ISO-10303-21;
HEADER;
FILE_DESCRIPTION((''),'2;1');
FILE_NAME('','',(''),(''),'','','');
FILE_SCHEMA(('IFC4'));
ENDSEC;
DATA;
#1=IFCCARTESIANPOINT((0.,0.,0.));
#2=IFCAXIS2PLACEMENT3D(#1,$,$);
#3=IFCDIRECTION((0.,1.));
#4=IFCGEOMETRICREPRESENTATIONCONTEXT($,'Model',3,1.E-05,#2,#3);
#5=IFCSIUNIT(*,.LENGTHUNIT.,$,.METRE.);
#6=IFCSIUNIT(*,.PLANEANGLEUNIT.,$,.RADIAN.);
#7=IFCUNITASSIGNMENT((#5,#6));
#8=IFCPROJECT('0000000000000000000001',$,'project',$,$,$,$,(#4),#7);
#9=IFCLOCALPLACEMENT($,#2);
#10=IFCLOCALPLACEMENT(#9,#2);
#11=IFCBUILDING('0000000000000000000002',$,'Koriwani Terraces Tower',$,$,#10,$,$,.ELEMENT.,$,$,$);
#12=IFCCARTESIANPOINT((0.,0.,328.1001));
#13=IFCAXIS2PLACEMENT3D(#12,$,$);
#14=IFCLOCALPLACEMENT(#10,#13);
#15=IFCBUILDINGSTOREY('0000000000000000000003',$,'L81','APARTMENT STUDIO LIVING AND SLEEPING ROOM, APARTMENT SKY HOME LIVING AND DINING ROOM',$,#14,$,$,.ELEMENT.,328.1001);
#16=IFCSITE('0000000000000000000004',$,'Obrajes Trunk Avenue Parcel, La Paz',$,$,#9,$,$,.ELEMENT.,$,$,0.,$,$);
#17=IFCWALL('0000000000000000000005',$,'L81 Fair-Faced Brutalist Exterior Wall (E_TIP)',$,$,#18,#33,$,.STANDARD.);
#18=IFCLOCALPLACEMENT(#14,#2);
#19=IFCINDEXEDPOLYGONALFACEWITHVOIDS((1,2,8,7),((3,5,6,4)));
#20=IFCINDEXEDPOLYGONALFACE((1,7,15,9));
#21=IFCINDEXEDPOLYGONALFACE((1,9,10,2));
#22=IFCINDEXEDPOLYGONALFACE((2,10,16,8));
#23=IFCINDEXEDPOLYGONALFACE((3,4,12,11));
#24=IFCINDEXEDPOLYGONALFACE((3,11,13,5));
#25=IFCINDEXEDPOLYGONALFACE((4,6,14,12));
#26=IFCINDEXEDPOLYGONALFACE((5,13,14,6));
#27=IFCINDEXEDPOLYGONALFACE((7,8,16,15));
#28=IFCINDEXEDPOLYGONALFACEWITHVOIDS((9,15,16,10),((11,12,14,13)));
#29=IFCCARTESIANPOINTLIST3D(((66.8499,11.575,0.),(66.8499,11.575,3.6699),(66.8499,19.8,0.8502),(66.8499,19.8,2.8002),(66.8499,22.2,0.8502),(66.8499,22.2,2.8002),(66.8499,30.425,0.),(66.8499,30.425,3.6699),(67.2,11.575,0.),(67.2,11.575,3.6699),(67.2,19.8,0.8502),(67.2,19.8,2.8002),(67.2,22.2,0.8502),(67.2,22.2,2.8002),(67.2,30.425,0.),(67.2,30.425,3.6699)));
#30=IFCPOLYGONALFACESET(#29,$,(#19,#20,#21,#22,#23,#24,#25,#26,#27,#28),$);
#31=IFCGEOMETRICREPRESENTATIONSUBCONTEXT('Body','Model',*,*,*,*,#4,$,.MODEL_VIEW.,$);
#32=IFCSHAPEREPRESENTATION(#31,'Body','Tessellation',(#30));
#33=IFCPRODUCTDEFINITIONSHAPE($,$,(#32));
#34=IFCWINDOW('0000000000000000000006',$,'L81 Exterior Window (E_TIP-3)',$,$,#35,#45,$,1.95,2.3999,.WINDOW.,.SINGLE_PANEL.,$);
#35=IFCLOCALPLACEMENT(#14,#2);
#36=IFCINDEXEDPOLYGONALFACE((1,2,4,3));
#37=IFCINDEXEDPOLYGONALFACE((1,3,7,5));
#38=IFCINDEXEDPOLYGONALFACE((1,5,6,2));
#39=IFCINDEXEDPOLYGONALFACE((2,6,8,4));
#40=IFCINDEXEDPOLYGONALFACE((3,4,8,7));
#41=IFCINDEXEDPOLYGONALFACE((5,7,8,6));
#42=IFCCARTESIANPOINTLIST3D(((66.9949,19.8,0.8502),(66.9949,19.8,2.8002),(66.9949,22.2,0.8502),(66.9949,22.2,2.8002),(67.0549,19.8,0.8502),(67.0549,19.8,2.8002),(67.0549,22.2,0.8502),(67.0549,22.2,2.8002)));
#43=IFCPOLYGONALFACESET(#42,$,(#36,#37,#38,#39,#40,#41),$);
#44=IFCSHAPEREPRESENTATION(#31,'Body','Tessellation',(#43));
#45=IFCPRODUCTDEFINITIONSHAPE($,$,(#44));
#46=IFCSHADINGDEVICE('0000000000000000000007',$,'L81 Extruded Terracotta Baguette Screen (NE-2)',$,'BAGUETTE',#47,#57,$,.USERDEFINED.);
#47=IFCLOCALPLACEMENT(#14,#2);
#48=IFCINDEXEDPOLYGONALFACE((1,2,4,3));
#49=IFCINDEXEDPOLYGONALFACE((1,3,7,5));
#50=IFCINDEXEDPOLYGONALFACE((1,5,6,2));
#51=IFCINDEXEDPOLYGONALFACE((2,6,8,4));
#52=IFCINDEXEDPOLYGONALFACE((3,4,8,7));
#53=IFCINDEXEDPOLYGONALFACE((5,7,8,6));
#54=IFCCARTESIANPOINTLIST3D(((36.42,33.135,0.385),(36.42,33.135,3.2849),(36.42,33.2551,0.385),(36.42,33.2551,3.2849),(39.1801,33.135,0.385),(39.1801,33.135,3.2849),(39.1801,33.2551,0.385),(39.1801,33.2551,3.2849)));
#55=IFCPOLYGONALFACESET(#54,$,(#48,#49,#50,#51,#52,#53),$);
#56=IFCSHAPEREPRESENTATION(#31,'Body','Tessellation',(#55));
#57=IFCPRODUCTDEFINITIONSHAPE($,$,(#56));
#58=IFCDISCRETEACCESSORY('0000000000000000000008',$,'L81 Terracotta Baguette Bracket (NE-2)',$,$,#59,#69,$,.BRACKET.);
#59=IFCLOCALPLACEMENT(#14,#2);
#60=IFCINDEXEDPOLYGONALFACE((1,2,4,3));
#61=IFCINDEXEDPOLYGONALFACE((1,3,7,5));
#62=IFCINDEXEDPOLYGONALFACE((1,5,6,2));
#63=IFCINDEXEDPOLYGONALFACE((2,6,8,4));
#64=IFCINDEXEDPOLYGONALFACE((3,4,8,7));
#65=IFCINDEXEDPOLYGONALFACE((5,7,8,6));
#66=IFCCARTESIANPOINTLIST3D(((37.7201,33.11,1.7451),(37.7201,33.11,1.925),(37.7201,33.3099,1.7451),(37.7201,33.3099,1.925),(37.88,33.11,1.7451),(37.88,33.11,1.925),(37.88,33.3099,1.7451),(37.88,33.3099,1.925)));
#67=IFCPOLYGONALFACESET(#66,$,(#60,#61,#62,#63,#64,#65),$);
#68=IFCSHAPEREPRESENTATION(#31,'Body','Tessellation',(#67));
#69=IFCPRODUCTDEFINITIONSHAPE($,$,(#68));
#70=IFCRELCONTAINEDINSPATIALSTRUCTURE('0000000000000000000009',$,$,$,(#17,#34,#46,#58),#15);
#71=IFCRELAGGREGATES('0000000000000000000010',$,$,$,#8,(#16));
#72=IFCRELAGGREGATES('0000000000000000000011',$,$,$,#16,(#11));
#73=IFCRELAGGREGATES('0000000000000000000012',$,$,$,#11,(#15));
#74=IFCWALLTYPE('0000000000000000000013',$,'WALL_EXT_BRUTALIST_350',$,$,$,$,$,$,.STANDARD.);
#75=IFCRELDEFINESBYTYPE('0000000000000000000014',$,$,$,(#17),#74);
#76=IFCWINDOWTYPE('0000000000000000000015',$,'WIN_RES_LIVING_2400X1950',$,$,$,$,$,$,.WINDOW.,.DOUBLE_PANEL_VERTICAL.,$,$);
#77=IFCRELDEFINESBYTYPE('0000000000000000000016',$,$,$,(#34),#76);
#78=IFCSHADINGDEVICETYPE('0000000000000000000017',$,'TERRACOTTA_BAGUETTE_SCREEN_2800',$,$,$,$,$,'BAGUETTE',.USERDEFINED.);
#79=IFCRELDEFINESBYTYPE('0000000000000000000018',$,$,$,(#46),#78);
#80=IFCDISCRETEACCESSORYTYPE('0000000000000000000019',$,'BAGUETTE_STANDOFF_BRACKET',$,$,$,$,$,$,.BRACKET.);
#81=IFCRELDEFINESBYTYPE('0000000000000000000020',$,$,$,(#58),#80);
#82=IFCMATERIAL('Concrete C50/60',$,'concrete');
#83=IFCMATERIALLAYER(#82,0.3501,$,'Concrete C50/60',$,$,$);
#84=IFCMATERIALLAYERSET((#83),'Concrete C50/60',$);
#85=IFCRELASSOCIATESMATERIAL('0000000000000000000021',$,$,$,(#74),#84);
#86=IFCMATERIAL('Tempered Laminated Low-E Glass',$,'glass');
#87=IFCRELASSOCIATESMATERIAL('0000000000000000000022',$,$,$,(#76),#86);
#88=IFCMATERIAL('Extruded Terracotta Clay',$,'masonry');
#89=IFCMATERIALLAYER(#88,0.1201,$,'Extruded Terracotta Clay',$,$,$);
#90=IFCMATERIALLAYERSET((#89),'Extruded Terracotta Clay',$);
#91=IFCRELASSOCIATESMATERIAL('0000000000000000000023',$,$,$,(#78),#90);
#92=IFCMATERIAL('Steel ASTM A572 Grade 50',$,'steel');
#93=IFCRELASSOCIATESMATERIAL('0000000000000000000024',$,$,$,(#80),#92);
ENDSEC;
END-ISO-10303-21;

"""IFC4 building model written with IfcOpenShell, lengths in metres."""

from ifc_helpers import new_model, si_unit, direction, frame, frame_2d, origin, origin_2d, place, context, subcontext, project, spatial, rectangle, extrude, material, layer, layer_set, type_object, element, fill, save


model = new_model("IFC4")

# Units and contexts
model_context = context("Model", 3, precision=1e-05, world=origin(), true_north=direction((0.0, 1.0)))
body_context = subcontext(model_context, "Body", "Model", "MODEL_VIEW")
ifc_project = project(units=[si_unit("LENGTHUNIT", "METRE"), si_unit("PLANEANGLEUNIT", "RADIAN")], contexts=[model_context])

# Site, building, storey
site_placement = place(None, origin())
site = spatial("IfcSite", under=ifc_project, at=site_placement, Name="Obrajes Trunk Avenue Parcel, La Paz", CompositionType="ELEMENT", RefElevation=0.0)
building_placement = place(site_placement, origin())
building = spatial("IfcBuilding", under=site, at=building_placement, Name="Koriwani Terraces Tower", CompositionType="ELEMENT")
storey_placement = place(building_placement, frame((0.0, 0.0, 328.1001)))
storey = spatial("IfcBuildingStorey", under=building, at=storey_placement, Name="L81", Description="APARTMENT STUDIO LIVING AND SLEEPING ROOM, APARTMENT SKY HOME LIVING AND DINING ROOM", CompositionType="ELEMENT", Elevation=328.1001)

# Shared definitions
ifc_material_1 = material(Name="Concrete C50/60", Category="concrete")

# Shared definitions
ifc_layer_1 = layer(ifc_material_1, 0.3501, Name="Concrete C50/60")
ifc_layer_set_1 = layer_set([ifc_layer_1], Name="Concrete C50/60")
wall_type_1 = type_object("IfcWallType", Name="WALL_EXT_BRUTALIST_350", PredefinedType="STANDARD", material=ifc_layer_set_1)
ifc_material_2 = material(Name="Tempered Laminated Low-E Glass", Category="glass")

# Wall, opening, window
wall_1_placement = place(storey_placement, frame((67.0249, 30.425, 0.0), z_axis=(0.0, 0.0, 1.0), x_axis=(0.0, -1.0, 0.0)))
wall_1 = element("IfcWall", 1, at=wall_1_placement, inside=storey, type_object=wall_type_1, Name="L81 Fair-Faced Brutalist Exterior Wall (E_TIP)", PredefinedType="STANDARD", context=body_context, shape_type="SweptSolid", body=[
    extrude(rectangle(XDim=18.8501, YDim=0.3501, at=frame_2d((9.425, 0.0))), origin(), (0.0, 0.0, 1.0), 3.6699),
])
opening_1_placement = place(wall_1_placement, frame((8.2251, 0.0, 0.8501)))
opening_1 = element("IfcOpeningElement", 2, at=opening_1_placement, cuts=wall_1, PredefinedType="OPENING", context=body_context, shape_type="SweptSolid", body=[
    extrude(rectangle(XDim=2.3999, YDim=1.95, at=frame_2d((1.2, 0.9751))), frame((0.0, 0.1851, 0.0), z_axis=(0.0, -1.0, 0.0), x_axis=(1.0, 0.0, 0.0)), (0.0, 0.0, 1.0), 0.3701),
])
window_type_1 = type_object("IfcWindowType", Name="WIN_RES_LIVING_2400X1950", PartitioningType="DOUBLE_PANEL_VERTICAL", PredefinedType="WINDOW", material=ifc_material_2)
window_1_placement = place(opening_1_placement, origin())
window_1 = element("IfcWindow", 3, at=window_1_placement, inside=storey, type_object=window_type_1, Name="L81 Exterior Window (E_TIP-3)", OverallHeight=1.95, OverallWidth=2.3999, PartitioningType="SINGLE_PANEL", PredefinedType="WINDOW", context=body_context, shape_type="SweptSolid", body=[
    extrude(rectangle(XDim=2.3999, YDim=1.95, at=frame_2d((1.2, 0.9751))), frame((0.0, 0.03, 0.0), z_axis=(0.0, -1.0, 0.0), x_axis=(1.0, 0.0, 0.0)), (0.0, 0.0, 1.0), 0.0601),
])
fill(opening_1, window_1)

# Shared definitions
ifc_material_3 = material(Name="Steel ASTM A572 Grade 50", Category="steel")

# Shading device
ifc_material_4 = material(Name="Extruded Terracotta Clay", Category="masonry")
ifc_layer_2 = layer(ifc_material_4, 0.1201, Name="Extruded Terracotta Clay")
ifc_layer_set_2 = layer_set([ifc_layer_2], Name="Extruded Terracotta Clay")
shading_device_type = type_object("IfcShadingDeviceType", Name="TERRACOTTA_BAGUETTE_SCREEN_2800", ElementType="BAGUETTE", PredefinedType="USERDEFINED", material=ifc_layer_set_2)
shading_device_placement = place(storey_placement, frame((37.8, 33.1951, 0.385), z_axis=(0.0, 0.0, 1.0), x_axis=(1.0, 0.0, 0.0)))
element("IfcShadingDevice", 4, at=shading_device_placement, inside=storey, type_object=shading_device_type, Name="L81 Extruded Terracotta Baguette Screen (NE-2)", ObjectType="BAGUETTE", PredefinedType="USERDEFINED", context=body_context, shape_type="SweptSolid", body=[
    extrude(rectangle(XDim=2.76, YDim=0.1201, at=origin_2d()), origin(), (0.0, 0.0, 1.0), 2.8999),
])

# Discrete accessory
discrete_accessory_type = type_object("IfcDiscreteAccessoryType", Name="BAGUETTE_STANDOFF_BRACKET", PredefinedType="BRACKET", material=ifc_material_3)
discrete_accessory_placement = place(storey_placement, frame((37.8, 33.21, 1.7451), z_axis=(0.0, 0.0, 1.0), x_axis=(1.0, 0.0, 0.0)))
element("IfcDiscreteAccessory", 5, at=discrete_accessory_placement, inside=storey, type_object=discrete_accessory_type, Name="L81 Terracotta Baguette Bracket (NE-2)", PredefinedType="BRACKET", context=body_context, shape_type="SweptSolid", body=[
    extrude(rectangle(XDim=0.1599, YDim=0.2, at=origin_2d()), origin(), (0.0, 0.0, 1.0), 0.1799),
])

save(model, "model.ifc")
